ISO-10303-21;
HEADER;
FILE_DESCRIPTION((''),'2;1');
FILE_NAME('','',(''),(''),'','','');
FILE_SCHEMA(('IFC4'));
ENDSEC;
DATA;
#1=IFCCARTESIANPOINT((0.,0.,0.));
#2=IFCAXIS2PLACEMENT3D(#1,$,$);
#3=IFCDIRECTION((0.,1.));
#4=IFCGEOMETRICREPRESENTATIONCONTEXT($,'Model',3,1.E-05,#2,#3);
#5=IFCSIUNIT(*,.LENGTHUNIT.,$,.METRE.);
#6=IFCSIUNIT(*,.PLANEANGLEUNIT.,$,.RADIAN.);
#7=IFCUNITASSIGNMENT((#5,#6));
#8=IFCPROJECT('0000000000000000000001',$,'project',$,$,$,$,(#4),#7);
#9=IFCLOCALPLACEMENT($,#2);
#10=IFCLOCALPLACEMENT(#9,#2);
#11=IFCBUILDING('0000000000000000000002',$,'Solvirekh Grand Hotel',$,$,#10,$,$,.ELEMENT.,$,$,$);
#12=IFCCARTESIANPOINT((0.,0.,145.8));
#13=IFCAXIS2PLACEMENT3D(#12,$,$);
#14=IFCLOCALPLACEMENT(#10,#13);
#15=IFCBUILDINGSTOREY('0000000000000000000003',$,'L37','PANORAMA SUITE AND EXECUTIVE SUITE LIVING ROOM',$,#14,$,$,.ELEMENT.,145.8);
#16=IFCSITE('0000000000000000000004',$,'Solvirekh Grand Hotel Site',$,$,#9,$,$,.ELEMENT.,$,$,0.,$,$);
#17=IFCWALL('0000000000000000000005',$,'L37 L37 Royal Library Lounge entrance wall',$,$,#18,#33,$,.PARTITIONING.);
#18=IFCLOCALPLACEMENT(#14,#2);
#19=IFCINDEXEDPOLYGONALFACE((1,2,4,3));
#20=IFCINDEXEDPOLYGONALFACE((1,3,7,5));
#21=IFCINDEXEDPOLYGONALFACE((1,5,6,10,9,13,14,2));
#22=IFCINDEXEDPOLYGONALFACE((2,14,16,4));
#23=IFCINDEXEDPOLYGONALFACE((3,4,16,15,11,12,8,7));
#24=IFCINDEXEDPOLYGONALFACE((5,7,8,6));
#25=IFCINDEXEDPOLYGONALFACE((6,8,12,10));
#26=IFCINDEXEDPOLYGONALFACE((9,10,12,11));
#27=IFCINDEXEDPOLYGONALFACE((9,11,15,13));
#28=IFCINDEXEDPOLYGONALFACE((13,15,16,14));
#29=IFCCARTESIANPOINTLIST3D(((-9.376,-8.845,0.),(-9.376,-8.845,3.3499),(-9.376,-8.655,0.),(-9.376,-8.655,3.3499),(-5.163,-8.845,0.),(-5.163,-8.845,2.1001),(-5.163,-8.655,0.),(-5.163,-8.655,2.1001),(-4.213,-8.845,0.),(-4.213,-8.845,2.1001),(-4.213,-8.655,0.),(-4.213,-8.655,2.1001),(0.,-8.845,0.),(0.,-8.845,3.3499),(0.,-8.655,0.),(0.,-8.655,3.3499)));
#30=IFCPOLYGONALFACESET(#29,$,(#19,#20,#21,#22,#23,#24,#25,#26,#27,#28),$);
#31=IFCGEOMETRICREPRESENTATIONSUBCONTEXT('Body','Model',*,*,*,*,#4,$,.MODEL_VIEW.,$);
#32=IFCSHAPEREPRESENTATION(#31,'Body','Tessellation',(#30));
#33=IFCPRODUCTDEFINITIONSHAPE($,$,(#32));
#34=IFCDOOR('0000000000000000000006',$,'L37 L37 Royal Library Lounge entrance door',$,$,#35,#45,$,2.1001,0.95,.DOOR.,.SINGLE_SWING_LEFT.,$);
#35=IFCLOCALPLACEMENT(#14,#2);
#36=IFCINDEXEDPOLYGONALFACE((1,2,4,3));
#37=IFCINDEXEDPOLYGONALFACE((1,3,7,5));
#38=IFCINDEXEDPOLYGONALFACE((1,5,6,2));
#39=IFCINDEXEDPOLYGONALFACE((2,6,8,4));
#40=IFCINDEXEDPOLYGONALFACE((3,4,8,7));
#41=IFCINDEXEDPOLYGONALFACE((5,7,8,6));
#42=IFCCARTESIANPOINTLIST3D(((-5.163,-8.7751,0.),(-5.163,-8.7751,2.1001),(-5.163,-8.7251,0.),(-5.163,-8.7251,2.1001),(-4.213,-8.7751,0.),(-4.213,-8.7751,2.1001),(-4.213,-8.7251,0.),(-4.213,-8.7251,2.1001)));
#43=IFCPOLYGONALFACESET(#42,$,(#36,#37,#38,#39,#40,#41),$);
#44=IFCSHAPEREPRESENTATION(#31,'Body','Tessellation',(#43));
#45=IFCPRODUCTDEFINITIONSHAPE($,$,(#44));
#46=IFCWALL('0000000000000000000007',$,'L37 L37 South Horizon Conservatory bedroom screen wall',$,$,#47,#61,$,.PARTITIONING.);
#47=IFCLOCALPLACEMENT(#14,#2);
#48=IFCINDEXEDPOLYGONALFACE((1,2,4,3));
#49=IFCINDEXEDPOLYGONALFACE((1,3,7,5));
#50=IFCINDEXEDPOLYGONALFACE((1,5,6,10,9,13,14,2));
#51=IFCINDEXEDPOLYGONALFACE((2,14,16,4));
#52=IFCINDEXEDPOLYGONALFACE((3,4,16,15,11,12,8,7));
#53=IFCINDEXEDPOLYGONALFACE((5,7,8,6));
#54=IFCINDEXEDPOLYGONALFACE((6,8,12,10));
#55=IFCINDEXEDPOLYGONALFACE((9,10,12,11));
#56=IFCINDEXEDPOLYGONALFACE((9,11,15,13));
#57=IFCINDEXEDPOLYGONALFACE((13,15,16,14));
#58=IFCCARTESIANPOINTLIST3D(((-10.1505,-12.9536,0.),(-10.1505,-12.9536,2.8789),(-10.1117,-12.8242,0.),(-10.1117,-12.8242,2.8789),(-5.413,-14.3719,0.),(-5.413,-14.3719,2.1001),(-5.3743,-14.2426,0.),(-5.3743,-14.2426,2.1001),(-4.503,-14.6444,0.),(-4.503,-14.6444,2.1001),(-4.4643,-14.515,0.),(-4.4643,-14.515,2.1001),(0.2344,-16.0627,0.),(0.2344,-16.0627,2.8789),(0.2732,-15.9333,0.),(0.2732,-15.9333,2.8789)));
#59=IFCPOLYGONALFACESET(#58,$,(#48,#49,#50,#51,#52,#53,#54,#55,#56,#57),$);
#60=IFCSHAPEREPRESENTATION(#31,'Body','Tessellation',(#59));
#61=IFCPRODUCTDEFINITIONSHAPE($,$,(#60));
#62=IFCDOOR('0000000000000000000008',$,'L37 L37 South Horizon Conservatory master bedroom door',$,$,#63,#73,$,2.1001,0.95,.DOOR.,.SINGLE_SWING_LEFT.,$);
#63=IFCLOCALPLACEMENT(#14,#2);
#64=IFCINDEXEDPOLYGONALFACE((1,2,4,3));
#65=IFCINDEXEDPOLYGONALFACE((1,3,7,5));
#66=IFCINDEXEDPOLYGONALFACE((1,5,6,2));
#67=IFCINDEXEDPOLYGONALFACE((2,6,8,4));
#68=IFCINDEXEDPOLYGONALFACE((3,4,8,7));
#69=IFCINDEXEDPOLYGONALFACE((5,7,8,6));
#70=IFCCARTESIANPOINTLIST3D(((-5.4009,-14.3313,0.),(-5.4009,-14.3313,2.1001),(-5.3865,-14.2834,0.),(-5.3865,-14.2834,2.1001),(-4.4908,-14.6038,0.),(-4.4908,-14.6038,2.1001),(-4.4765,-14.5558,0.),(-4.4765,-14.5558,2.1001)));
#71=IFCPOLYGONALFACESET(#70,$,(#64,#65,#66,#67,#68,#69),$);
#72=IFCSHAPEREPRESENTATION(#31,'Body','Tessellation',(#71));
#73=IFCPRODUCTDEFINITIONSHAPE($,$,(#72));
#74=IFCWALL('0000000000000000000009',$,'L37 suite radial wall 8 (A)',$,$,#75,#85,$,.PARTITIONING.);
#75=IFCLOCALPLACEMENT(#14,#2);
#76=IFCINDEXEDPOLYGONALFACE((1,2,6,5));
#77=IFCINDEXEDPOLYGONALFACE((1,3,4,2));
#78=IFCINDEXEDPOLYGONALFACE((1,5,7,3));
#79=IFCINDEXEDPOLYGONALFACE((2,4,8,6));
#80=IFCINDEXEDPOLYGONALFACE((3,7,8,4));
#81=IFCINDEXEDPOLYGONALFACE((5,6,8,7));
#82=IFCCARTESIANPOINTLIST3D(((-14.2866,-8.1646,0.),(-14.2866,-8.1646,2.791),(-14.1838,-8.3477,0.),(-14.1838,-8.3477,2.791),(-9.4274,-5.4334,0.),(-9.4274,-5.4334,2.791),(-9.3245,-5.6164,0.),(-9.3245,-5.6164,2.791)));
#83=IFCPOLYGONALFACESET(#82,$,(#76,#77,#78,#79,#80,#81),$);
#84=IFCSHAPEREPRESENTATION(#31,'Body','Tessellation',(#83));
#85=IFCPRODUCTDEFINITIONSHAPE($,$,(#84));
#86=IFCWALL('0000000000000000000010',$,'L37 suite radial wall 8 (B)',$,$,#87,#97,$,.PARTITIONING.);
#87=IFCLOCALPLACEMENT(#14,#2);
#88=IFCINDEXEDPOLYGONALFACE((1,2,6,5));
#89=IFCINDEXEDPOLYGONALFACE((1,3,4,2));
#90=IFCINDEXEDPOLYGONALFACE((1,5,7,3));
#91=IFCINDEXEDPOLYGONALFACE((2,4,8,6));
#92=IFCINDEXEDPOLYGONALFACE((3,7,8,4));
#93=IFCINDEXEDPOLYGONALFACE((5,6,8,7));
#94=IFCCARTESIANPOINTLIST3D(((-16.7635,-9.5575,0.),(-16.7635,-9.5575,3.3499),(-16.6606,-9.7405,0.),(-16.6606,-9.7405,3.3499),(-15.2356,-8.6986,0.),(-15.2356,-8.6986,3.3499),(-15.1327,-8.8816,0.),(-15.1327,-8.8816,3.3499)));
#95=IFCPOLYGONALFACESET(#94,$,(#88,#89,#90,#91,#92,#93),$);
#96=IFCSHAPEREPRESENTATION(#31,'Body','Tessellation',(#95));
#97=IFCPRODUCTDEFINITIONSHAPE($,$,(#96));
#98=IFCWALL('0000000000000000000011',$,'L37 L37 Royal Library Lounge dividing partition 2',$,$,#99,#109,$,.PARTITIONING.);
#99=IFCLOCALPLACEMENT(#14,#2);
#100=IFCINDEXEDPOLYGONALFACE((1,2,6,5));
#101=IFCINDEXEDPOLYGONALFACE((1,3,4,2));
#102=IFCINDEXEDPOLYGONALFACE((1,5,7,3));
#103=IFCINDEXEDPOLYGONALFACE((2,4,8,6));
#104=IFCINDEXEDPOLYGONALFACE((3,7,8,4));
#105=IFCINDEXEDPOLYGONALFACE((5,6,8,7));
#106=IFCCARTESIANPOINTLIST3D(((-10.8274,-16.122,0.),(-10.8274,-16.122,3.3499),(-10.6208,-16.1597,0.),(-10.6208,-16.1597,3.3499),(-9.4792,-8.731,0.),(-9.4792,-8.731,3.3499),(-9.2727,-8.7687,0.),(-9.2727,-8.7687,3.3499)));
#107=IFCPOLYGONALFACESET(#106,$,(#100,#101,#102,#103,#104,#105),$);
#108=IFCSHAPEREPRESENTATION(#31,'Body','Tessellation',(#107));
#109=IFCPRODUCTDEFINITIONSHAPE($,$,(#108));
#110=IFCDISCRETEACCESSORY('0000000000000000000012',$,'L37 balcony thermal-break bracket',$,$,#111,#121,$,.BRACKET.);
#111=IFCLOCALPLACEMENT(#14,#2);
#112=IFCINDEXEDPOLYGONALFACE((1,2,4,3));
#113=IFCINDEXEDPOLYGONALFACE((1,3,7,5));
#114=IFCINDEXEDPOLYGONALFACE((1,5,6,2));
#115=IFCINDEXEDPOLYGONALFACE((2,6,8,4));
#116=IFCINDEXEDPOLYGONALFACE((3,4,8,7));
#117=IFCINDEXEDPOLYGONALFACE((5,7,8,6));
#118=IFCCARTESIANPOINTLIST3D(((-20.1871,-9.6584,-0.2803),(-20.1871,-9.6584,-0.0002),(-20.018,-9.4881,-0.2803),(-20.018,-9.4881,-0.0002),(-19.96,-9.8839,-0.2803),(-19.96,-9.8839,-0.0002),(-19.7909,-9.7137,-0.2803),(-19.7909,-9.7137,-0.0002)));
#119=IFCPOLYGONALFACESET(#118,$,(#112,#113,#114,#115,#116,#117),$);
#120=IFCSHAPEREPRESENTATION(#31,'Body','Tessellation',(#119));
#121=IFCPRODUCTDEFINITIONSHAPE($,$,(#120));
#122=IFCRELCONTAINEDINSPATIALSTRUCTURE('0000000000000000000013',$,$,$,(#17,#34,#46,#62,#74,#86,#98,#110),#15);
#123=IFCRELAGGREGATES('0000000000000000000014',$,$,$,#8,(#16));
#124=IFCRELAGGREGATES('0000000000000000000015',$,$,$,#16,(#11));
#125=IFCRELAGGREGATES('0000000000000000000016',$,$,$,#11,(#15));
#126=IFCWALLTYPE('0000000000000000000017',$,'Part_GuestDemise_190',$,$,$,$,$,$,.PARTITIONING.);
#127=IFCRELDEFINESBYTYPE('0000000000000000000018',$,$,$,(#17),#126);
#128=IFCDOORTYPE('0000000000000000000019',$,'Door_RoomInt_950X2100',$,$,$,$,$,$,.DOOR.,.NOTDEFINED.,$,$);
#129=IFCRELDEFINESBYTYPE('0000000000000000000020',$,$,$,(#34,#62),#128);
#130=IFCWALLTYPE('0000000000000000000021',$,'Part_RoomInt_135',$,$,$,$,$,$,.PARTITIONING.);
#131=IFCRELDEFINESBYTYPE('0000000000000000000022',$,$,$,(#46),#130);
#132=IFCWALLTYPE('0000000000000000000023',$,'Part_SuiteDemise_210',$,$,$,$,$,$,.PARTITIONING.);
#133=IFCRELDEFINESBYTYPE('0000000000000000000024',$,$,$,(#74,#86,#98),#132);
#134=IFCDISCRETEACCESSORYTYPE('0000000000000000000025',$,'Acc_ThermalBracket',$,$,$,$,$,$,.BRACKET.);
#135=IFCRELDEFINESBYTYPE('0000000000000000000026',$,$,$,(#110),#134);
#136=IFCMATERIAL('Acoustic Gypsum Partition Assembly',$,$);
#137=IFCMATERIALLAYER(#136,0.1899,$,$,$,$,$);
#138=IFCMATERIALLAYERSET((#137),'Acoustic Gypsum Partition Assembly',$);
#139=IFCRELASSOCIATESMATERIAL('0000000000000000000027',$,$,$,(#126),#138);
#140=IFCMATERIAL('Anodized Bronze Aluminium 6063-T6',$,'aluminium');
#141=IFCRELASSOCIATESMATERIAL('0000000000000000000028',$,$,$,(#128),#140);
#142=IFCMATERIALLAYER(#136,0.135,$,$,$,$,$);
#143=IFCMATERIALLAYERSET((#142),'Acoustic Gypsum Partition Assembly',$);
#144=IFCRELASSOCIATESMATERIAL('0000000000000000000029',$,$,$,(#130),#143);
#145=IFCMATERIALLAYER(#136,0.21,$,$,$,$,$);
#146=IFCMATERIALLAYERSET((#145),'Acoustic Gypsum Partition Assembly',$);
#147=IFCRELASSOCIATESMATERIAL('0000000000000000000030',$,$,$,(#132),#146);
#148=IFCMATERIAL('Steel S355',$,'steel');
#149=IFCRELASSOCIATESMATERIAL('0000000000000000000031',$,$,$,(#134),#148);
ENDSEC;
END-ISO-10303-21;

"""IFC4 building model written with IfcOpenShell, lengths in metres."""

from ifc_helpers import new_model, si_unit, direction, frame, frame_2d, origin, origin_2d, place, context, subcontext, project, spatial, rectangle, extrude, material, layer, layer_set, type_object, element, fill, save


model = new_model("IFC4")

# Units and contexts
model_context = context("Model", 3, precision=1e-05, world=origin(), true_north=direction((0.0, 1.0)))
body_context = subcontext(model_context, "Body", "Model", "MODEL_VIEW")
ifc_project = project(units=[si_unit("LENGTHUNIT", "METRE"), si_unit("PLANEANGLEUNIT", "RADIAN")], contexts=[model_context])

# Site, building, storey
site_placement = place(None, origin())
site = spatial("IfcSite", under=ifc_project, at=site_placement, Name="Solvirekh Grand Hotel Site", CompositionType="ELEMENT", RefElevation=0.0)
building_placement = place(site_placement, origin())
building = spatial("IfcBuilding", under=site, at=building_placement, Name="Solvirekh Grand Hotel", CompositionType="ELEMENT")
storey_placement = place(building_placement, frame((0.0, 0.0, 145.8)))
storey = spatial("IfcBuildingStorey", under=building, at=storey_placement, Name="L37", Description="PANORAMA SUITE AND EXECUTIVE SUITE LIVING ROOM", CompositionType="ELEMENT", Elevation=145.8)

# Shared definitions
ifc_material_1 = material(Name="Steel S355", Category="steel")

# Shared definitions
ifc_material_2 = material(Name="Anodized Bronze Aluminium 6063-T6", Category="aluminium")

# Walls, openings, doors
ifc_material_3 = material(Name="Acoustic Gypsum Partition Assembly")
ifc_layer_1 = layer(ifc_material_3, 0.1899)
ifc_layer_set_1 = layer_set([ifc_layer_1], Name="Acoustic Gypsum Partition Assembly")
wall_type_1 = type_object("IfcWallType", Name="Part_GuestDemise_190", PredefinedType="PARTITIONING", material=ifc_layer_set_1)
wall_1_placement = place(storey_placement, frame((-9.376, -8.75, 0.0), z_axis=(0.0, 0.0, 1.0), x_axis=(1.0, 0.0, 0.0)))
wall_1 = element("IfcWall", 1, at=wall_1_placement, inside=storey, type_object=wall_type_1, Name="L37 L37 Royal Library Lounge entrance wall", PredefinedType="PARTITIONING", context=body_context, shape_type="SweptSolid", body=[
    extrude(rectangle(XDim=9.376, YDim=0.1899, at=frame_2d((4.688, 0.0))), origin(), (0.0, 0.0, 1.0), 3.3499),
])
opening_1_placement = place(wall_1_placement, frame((4.2129, 0.0, 0.0)))
opening_1 = element("IfcOpeningElement", 2, at=opening_1_placement, cuts=wall_1, PredefinedType="OPENING", context=body_context, shape_type="SweptSolid", body=[
    extrude(rectangle(XDim=0.95, YDim=2.1001, at=frame_2d((0.4751, 1.05))), frame((0.0, 0.105, 0.0), z_axis=(0.0, -1.0, 0.0), x_axis=(1.0, 0.0, 0.0)), (0.0, 0.0, 1.0), 0.21),
])
door_type_1 = type_object("IfcDoorType", Name="Door_RoomInt_950X2100", OperationType="NOTDEFINED", PredefinedType="DOOR", material=ifc_material_2)
door_1_placement = place(opening_1_placement, origin())
door_1 = element("IfcDoor", 3, at=door_1_placement, inside=storey, type_object=door_type_1, Name="L37 L37 Royal Library Lounge entrance door", OperationType="SINGLE_SWING_LEFT", OverallHeight=2.1001, OverallWidth=0.95, PredefinedType="DOOR", context=body_context, shape_type="SweptSolid", body=[
    extrude(rectangle(XDim=0.95, YDim=2.1001, at=frame_2d((0.4751, 1.05))), frame((0.0, 0.0249, 0.0), z_axis=(0.0, -1.0, 0.0), x_axis=(1.0, 0.0, 0.0)), (0.0, 0.0, 1.0), 0.05),
])
fill(opening_1, door_1)
ifc_layer_2 = layer(ifc_material_3, 0.135)
ifc_layer_set_2 = layer_set([ifc_layer_2], Name="Acoustic Gypsum Partition Assembly")
wall_type_2 = type_object("IfcWallType", Name="Part_RoomInt_135", PredefinedType="PARTITIONING", material=ifc_layer_set_2)
wall_2_placement = place(storey_placement, frame((-10.1311, -12.8889, 0.0), z_axis=(0.0, 0.0, 1.0), x_axis=(0.957988, -0.286809, 0.0)))
wall_2 = element("IfcWall", 4, at=wall_2_placement, inside=storey, type_object=wall_type_2, Name="L37 L37 South Horizon Conservatory bedroom screen wall", PredefinedType="PARTITIONING", context=body_context, shape_type="SweptSolid", body=[
    extrude(rectangle(XDim=10.8403, YDim=0.135, at=frame_2d((5.4202, 0.0))), origin(), (0.0, 0.0, 1.0), 2.8789),
])
opening_2_placement = place(wall_2_placement, frame((4.9451, 0.0, 0.0)))
opening_2 = element("IfcOpeningElement", 5, at=opening_2_placement, cuts=wall_2, PredefinedType="OPENING", context=body_context, shape_type="SweptSolid", body=[
    extrude(rectangle(XDim=0.95, YDim=2.1001, at=frame_2d((0.4751, 1.05))), frame((0.0, 0.0776, 0.0), z_axis=(0.0, -1.0, 0.0), x_axis=(1.0, 0.0, 0.0)), (0.0, 0.0, 1.0), 0.155),
])
door_2_placement = place(opening_2_placement, origin())
door_2 = element("IfcDoor", 6, at=door_2_placement, inside=storey, type_object=door_type_1, Name="L37 L37 South Horizon Conservatory master bedroom door", OperationType="SINGLE_SWING_LEFT", OverallHeight=2.1001, OverallWidth=0.95, PredefinedType="DOOR", context=body_context, shape_type="SweptSolid", body=[
    extrude(rectangle(XDim=0.95, YDim=2.1001, at=frame_2d((0.4751, 1.05))), frame((0.0, 0.0249, 0.0), z_axis=(0.0, -1.0, 0.0), x_axis=(1.0, 0.0, 0.0)), (0.0, 0.0, 1.0), 0.05),
])
fill(opening_2, door_2)

# Walls
ifc_layer_3 = layer(ifc_material_3, 0.21)
ifc_layer_set_3 = layer_set([ifc_layer_3], Name="Acoustic Gypsum Partition Assembly")
wall_type_3 = type_object("IfcWallType", Name="Part_SuiteDemise_210", PredefinedType="PARTITIONING", material=ifc_layer_set_3)
wall_3_placement = place(storey_placement, frame((-9.376, -5.5249, 0.0), z_axis=(0.0, 0.0, 1.0), x_axis=(-0.871733, -0.48998, 0.0)))
element("IfcWall", 7, at=wall_3_placement, inside=storey, type_object=wall_type_3, Name="L37 suite radial wall 8 (A)", PredefinedType="PARTITIONING", context=body_context, shape_type="SweptSolid", body=[
    extrude(rectangle(XDim=5.5742, YDim=0.21, at=frame_2d((2.7871, 0.0))), origin(), (0.0, 0.0, 1.0), 2.791),
])
wall_4_placement = place(storey_placement, frame((-15.1841, -8.79, 0.0), z_axis=(0.0, 0.0, 1.0), x_axis=(-0.871702, -0.490036, 0.0)))
element("IfcWall", 8, at=wall_4_placement, inside=storey, type_object=wall_type_3, Name="L37 suite radial wall 8 (B)", PredefinedType="PARTITIONING", context=body_context, shape_type="SweptSolid", body=[
    extrude(rectangle(XDim=1.7527, YDim=0.21, at=frame_2d((0.8765, 0.0))), origin(), (0.0, 0.0, 1.0), 3.3499),
])
wall_5_placement = place(storey_placement, frame((-9.376, -8.75, 0.0), z_axis=(0.0, 0.0, 1.0), x_axis=(-0.17944, -0.983769, 0.0)))
element("IfcWall", 9, at=wall_5_placement, inside=storey, type_object=wall_type_3, Name="L37 L37 Royal Library Lounge dividing partition 2", PredefinedType="PARTITIONING", context=body_context, shape_type="SweptSolid", body=[
    extrude(rectangle(XDim=7.5129, YDim=0.21, at=frame_2d((3.7563, 0.0))), origin(), (0.0, 0.0, 1.0), 3.3499),
])

# Discrete accessory
discrete_accessory_type = type_object("IfcDiscreteAccessoryType", Name="Acc_ThermalBracket", PredefinedType="BRACKET", material=ifc_material_1)
discrete_accessory_placement = place(storey_placement, frame((-19.989, -9.686, -0.2803), z_axis=(0.0, 0.0, 1.0), x_axis=(0.709571, -0.704634, 0.0)))
element("IfcDiscreteAccessory", 10, at=discrete_accessory_placement, inside=storey, type_object=discrete_accessory_type, Name="L37 balcony thermal-break bracket", PredefinedType="BRACKET", context=body_context, shape_type="SweptSolid", body=[
    extrude(rectangle(XDim=0.3201, YDim=0.24, at=origin_2d()), origin(), (0.0, 0.0, 1.0), 0.28),
])

save(model, "model.ifc")
